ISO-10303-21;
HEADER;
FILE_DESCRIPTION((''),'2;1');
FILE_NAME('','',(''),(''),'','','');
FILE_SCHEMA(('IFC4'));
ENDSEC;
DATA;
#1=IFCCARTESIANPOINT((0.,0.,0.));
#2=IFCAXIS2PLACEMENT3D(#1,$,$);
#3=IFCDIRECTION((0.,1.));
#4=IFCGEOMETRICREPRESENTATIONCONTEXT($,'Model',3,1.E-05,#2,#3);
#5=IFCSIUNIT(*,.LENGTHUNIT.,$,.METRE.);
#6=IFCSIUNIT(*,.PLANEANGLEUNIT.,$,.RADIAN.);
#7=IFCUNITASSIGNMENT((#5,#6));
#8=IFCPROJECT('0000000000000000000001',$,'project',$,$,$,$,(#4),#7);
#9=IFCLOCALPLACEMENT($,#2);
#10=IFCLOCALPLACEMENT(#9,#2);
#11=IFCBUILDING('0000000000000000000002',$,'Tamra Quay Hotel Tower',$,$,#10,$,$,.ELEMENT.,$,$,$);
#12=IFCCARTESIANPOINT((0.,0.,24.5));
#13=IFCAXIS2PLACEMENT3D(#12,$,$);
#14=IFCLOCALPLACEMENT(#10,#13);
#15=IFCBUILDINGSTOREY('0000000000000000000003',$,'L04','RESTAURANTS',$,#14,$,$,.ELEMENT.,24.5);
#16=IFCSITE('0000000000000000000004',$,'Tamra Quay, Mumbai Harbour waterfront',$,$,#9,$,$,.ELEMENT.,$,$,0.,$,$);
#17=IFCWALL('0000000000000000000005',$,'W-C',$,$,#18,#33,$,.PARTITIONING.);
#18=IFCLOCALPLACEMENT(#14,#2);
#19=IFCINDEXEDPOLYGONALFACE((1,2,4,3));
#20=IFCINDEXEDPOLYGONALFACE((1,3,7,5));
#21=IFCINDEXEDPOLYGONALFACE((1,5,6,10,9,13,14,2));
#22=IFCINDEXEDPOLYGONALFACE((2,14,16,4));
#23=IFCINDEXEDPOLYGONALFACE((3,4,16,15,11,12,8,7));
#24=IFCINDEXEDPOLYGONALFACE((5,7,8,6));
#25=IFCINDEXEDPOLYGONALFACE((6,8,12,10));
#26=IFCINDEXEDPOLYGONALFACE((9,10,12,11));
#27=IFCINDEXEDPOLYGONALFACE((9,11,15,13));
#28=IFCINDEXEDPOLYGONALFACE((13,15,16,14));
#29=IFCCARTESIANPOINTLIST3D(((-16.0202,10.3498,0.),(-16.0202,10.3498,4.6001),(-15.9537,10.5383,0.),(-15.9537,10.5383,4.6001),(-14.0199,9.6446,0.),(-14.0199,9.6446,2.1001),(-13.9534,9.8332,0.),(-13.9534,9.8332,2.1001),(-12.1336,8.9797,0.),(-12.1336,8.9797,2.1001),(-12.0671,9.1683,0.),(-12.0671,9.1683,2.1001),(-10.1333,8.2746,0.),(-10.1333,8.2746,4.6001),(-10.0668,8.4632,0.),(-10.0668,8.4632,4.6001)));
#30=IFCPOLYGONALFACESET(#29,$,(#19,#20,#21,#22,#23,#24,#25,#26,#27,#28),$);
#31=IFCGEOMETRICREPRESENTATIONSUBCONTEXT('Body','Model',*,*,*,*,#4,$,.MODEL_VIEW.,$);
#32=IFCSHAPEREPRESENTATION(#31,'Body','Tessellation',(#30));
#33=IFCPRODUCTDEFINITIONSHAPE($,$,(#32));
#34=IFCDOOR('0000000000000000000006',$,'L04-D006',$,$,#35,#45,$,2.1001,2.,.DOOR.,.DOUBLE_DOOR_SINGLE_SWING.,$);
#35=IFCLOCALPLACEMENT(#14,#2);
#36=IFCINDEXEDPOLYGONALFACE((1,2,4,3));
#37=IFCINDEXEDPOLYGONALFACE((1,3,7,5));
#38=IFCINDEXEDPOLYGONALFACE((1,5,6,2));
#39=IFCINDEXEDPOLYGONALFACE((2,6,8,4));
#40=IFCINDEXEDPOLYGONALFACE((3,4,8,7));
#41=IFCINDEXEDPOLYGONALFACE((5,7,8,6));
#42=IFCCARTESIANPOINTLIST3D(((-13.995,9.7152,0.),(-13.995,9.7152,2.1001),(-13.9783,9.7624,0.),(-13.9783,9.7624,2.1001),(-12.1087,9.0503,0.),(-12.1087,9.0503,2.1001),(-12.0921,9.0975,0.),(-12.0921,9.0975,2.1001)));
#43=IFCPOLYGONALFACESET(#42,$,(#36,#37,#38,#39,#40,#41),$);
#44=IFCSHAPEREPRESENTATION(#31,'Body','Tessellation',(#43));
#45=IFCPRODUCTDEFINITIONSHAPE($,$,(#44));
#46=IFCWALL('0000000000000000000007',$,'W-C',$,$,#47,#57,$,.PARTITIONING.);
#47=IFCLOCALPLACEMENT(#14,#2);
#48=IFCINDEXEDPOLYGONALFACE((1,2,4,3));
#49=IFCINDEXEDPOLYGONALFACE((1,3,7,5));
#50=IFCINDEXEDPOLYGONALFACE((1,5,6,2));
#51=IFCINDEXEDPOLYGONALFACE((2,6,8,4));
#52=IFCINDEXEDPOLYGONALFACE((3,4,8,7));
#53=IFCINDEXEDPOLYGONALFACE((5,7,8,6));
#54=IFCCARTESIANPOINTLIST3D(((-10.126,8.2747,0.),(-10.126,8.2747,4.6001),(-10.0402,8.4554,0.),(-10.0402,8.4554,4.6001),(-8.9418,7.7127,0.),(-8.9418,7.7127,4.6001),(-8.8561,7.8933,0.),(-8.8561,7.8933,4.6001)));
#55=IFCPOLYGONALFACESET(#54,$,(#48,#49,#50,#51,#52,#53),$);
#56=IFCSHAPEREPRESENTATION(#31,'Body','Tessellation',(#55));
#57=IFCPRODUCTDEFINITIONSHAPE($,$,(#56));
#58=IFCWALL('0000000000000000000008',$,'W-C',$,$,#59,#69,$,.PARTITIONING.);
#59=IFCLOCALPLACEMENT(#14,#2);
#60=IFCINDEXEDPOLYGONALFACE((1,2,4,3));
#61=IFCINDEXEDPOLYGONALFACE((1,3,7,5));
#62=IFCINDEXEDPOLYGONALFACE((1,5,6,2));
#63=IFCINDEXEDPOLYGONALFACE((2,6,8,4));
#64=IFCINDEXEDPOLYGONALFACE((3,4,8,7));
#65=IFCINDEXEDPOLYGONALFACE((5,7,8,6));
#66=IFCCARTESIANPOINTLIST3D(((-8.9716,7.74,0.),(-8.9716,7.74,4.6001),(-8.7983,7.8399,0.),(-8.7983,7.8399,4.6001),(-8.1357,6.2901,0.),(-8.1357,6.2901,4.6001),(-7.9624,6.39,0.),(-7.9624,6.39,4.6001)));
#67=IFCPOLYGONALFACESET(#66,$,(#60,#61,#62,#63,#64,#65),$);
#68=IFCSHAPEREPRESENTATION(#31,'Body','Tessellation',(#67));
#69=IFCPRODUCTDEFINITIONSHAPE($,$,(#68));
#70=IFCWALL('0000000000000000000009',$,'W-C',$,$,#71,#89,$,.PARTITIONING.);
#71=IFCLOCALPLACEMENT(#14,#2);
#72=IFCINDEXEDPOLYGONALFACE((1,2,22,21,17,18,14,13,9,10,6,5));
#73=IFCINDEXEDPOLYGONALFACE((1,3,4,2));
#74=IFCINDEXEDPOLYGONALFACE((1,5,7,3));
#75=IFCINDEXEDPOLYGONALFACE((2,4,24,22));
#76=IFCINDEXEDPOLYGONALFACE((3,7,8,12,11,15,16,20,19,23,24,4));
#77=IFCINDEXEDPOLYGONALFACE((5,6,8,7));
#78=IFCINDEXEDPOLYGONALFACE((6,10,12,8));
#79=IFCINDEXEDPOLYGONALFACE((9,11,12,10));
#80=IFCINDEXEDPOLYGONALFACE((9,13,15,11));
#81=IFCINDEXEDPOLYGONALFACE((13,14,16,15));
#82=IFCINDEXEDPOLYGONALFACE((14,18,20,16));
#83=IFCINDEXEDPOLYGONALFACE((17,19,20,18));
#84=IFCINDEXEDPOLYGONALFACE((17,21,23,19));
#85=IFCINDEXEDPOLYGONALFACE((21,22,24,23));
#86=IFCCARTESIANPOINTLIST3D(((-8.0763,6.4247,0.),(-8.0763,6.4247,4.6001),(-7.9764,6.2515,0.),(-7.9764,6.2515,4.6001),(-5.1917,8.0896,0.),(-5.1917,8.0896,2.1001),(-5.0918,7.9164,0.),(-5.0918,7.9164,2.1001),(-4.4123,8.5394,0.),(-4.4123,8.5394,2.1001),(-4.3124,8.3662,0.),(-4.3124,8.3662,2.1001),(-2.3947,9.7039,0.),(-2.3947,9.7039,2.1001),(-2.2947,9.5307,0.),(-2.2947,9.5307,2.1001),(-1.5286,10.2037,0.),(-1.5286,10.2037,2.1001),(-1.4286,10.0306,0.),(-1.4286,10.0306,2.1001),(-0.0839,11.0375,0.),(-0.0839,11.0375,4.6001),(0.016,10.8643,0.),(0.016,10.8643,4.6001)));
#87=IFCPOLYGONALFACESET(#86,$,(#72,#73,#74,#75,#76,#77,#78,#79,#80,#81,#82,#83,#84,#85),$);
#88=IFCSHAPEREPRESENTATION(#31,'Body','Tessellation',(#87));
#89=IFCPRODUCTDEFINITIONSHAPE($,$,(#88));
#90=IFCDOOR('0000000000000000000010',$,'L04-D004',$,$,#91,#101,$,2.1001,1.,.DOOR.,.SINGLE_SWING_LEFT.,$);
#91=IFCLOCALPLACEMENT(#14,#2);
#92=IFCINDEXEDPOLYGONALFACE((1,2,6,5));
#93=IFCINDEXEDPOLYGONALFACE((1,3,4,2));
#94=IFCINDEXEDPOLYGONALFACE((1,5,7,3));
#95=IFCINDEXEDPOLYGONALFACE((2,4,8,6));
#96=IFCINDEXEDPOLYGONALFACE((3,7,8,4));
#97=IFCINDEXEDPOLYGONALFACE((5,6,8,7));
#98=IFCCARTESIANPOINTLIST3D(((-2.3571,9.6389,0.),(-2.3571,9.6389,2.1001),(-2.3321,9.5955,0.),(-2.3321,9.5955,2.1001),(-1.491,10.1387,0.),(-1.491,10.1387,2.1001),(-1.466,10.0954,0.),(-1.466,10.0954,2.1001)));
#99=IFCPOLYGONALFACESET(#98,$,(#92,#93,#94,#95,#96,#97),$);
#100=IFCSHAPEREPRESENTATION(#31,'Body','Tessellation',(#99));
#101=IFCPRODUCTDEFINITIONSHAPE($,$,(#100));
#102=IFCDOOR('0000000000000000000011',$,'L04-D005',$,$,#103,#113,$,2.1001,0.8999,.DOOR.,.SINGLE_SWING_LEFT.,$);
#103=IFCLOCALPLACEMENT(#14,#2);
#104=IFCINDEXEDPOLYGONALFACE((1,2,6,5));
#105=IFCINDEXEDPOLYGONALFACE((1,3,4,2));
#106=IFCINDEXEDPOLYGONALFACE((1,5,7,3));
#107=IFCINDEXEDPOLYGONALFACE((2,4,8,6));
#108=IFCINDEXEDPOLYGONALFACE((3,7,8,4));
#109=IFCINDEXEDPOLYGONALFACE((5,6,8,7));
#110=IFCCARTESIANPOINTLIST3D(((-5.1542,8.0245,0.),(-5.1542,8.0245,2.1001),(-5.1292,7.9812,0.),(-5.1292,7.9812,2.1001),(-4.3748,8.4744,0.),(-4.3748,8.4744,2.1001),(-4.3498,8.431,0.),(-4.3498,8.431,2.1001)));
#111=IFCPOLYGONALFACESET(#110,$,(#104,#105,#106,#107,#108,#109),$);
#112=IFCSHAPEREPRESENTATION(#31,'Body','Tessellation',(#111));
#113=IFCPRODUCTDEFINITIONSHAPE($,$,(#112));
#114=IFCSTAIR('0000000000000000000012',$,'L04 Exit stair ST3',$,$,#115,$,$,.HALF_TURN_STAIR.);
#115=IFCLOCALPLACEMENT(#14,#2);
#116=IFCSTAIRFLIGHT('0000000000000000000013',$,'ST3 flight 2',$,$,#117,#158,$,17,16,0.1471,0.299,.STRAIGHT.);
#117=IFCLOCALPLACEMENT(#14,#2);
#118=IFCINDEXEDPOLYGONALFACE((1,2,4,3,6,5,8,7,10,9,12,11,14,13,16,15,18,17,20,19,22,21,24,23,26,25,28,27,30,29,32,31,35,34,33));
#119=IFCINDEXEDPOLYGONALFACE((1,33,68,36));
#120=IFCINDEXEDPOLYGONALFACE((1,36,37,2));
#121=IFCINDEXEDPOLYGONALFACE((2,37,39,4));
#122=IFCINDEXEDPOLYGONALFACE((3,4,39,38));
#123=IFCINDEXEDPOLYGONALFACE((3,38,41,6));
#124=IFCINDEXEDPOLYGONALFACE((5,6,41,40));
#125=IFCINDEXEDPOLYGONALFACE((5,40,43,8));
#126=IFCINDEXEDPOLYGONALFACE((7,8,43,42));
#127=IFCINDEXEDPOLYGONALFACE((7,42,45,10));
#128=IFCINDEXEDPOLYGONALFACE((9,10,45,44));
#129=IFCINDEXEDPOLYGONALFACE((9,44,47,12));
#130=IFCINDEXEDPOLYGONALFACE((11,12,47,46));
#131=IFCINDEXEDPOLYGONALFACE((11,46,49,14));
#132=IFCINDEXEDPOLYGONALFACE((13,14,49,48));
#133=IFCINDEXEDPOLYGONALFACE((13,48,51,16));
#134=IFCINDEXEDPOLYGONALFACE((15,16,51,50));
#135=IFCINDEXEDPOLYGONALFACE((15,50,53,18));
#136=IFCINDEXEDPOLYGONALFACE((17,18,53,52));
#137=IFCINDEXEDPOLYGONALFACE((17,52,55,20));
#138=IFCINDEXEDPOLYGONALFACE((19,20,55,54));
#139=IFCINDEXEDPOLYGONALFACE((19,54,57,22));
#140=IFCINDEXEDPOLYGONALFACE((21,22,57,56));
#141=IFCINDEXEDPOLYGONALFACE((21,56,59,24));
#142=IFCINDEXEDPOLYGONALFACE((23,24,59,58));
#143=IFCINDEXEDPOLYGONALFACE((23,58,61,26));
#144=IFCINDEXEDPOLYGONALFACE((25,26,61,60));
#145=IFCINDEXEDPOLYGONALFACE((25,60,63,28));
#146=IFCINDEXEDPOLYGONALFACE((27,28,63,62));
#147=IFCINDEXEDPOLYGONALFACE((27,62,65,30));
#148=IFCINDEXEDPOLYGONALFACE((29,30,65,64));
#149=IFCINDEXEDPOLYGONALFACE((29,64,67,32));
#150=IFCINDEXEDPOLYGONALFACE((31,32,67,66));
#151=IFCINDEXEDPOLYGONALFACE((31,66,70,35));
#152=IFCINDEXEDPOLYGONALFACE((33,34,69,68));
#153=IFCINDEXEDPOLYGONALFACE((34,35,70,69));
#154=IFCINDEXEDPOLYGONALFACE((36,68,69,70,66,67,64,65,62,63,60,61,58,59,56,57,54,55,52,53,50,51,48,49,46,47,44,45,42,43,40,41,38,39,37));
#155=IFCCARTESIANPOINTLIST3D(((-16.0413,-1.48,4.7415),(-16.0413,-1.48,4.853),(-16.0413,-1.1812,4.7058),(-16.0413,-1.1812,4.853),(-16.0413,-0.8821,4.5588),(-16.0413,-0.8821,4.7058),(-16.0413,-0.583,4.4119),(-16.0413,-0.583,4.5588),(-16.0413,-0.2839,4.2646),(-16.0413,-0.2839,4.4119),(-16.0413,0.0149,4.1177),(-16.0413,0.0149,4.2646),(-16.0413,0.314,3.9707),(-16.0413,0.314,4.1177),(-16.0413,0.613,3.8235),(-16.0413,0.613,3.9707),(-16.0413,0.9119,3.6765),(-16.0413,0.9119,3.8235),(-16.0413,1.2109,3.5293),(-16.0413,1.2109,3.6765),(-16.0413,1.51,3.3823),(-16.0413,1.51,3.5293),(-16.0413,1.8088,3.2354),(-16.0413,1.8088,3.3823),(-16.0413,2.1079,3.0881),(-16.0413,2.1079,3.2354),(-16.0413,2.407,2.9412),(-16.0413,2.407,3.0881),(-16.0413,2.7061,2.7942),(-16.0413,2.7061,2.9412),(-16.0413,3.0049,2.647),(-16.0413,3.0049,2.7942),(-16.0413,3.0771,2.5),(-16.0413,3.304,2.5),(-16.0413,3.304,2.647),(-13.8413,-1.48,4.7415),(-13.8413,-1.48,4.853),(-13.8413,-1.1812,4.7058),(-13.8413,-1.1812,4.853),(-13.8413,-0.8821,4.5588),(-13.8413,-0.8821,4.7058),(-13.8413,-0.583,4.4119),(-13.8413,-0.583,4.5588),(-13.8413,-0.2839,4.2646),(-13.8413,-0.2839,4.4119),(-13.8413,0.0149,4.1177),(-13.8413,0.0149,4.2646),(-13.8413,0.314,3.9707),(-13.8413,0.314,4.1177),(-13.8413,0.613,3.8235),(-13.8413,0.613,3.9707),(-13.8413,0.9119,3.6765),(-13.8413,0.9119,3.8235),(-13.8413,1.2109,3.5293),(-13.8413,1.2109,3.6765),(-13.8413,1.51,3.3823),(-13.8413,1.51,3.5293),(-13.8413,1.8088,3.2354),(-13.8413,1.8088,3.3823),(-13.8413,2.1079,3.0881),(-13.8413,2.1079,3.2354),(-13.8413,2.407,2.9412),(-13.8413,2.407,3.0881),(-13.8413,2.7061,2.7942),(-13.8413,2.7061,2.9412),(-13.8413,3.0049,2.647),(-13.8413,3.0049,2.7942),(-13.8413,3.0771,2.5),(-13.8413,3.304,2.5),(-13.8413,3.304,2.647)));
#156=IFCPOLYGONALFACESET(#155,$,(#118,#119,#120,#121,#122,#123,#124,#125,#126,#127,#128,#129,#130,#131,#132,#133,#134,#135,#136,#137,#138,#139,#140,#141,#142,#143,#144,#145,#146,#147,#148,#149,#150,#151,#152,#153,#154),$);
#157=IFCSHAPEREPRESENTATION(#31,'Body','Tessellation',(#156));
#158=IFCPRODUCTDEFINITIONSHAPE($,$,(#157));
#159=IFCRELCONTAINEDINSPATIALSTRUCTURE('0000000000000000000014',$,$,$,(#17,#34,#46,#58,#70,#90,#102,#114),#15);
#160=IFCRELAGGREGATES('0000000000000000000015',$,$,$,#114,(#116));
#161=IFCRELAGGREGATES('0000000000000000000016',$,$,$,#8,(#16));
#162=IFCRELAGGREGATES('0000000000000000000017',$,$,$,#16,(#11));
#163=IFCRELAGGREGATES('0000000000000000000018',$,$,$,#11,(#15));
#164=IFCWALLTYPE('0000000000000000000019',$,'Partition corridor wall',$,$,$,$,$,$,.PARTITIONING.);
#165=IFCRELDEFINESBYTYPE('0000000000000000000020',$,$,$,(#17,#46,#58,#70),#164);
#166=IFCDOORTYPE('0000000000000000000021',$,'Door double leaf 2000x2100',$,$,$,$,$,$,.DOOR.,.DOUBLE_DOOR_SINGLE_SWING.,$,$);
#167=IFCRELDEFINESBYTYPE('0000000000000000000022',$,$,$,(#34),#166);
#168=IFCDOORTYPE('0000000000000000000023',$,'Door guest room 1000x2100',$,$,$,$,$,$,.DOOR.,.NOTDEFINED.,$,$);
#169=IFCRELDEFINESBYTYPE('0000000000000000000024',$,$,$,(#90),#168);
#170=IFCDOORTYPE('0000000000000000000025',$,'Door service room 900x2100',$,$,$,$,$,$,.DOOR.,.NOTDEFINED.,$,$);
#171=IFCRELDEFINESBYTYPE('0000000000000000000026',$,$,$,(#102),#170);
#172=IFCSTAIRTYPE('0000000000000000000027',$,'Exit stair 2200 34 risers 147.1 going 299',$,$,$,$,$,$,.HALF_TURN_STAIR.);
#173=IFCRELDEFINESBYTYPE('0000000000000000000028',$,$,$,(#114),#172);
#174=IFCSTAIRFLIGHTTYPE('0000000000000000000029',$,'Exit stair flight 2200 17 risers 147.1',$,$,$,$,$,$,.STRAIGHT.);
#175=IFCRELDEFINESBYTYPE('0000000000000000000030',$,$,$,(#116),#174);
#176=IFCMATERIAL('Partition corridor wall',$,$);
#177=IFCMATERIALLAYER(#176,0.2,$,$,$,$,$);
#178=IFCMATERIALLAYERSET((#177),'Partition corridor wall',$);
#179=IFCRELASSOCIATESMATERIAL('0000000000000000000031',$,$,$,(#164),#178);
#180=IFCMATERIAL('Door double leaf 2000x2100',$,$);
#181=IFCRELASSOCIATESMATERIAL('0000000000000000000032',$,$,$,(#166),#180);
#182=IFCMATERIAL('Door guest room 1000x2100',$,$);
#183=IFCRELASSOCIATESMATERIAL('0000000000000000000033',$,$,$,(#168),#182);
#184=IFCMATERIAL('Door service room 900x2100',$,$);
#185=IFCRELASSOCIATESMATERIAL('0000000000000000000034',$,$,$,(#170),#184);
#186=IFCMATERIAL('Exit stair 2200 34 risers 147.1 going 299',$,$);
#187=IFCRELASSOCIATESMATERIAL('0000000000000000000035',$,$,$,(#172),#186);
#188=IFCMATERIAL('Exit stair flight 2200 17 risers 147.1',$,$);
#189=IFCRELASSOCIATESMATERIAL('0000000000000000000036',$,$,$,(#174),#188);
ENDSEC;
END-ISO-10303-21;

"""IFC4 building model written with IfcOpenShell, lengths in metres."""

from ifc_helpers import new_model, si_unit, direction, frame, frame_2d, origin, place, context, subcontext, project, spatial, polyline, rectangle, outline, extrude, material, layer, layer_set, type_object, element, fill, aggregate, save


model = new_model("IFC4")

# Units and contexts
model_context = context("Model", 3, precision=1e-05, world=origin(), true_north=direction((0.0, 1.0)))
body_context = subcontext(model_context, "Body", "Model", "MODEL_VIEW")
ifc_project = project(units=[si_unit("LENGTHUNIT", "METRE"), si_unit("PLANEANGLEUNIT", "RADIAN")], contexts=[model_context])

# Site, building, storey
site_placement = place(None, origin())
site = spatial("IfcSite", under=ifc_project, at=site_placement, Name="Tamra Quay, Mumbai Harbour waterfront", CompositionType="ELEMENT", RefElevation=0.0)
building_placement = place(site_placement, origin())
building = spatial("IfcBuilding", under=site, at=building_placement, Name="Tamra Quay Hotel Tower", CompositionType="ELEMENT")
storey_placement = place(building_placement, frame((0.0, 0.0, 24.5)))
storey = spatial("IfcBuildingStorey", under=building, at=storey_placement, Name="L04", Description="RESTAURANTS", CompositionType="ELEMENT", Elevation=24.5)

# Wall, opening, door
ifc_material_1 = material(Name="Partition corridor wall")
ifc_layer_1 = layer(ifc_material_1, 0.2)
ifc_layer_set_1 = layer_set([ifc_layer_1], Name="Partition corridor wall")
wall_type_1 = type_object("IfcWallType", Name="Partition corridor wall", PredefinedType="PARTITIONING", material=ifc_layer_set_1)
wall_1_placement = place(storey_placement, frame((-15.9871, 10.4441, 0.0), z_axis=(0.0, 0.0, 1.0), x_axis=(0.943119, -0.332456, 0.0)))
wall_1 = element("IfcWall", 1, at=wall_1_placement, inside=storey, type_object=wall_type_1, Name="W-C", PredefinedType="PARTITIONING", context=body_context, shape_type="SweptSolid", body=[
    extrude(rectangle(XDim=6.2419, YDim=0.2, at=frame_2d((3.1211, 0.0))), origin(), (0.0, 0.0, 1.0), 4.6001),
])
opening_1_placement = place(wall_1_placement, frame((2.1211, 0.0, 0.0)))
opening_1 = element("IfcOpeningElement", 2, at=opening_1_placement, cuts=wall_1, PredefinedType="OPENING", context=body_context, shape_type="SweptSolid", body=[
    extrude(rectangle(XDim=2.0, YDim=2.1001, at=frame_2d((1.0, 1.05))), frame((0.0, 0.1099, 0.0), z_axis=(0.0, -1.0, 0.0), x_axis=(1.0, 0.0, 0.0)), (0.0, 0.0, 1.0), 0.22),
])
ifc_material_2 = material(Name="Door double leaf 2000x2100")
door_type_1 = type_object("IfcDoorType", Name="Door double leaf 2000x2100", OperationType="DOUBLE_DOOR_SINGLE_SWING", PredefinedType="DOOR", material=ifc_material_2)
door_1_placement = place(opening_1_placement, origin())
door_1 = element("IfcDoor", 3, at=door_1_placement, inside=storey, type_object=door_type_1, Name="L04-D006", OperationType="DOUBLE_DOOR_SINGLE_SWING", OverallHeight=2.1001, OverallWidth=2.0, PredefinedType="DOOR", context=body_context, shape_type="SweptSolid", body=[
    extrude(rectangle(XDim=2.0, YDim=2.1001, at=frame_2d((1.0, 1.05))), frame((0.0, 0.0249, 0.0), z_axis=(0.0, -1.0, 0.0), x_axis=(1.0, 0.0, 0.0)), (0.0, 0.0, 1.0), 0.05),
])
fill(opening_1, door_1)

# Walls
wall_2_placement = place(storey_placement, frame((-10.083, 8.365, 0.0), z_axis=(0.0, 0.0, 1.0), x_axis=(0.903404, -0.428791, 0.0)))
element("IfcWall", 4, at=wall_2_placement, inside=storey, type_object=wall_type_1, Name="W-C", PredefinedType="PARTITIONING", context=body_context, shape_type="SweptSolid", body=[
    extrude(rectangle(XDim=1.3108, YDim=0.2, at=frame_2d((0.6553, 0.0))), origin(), (0.0, 0.0, 1.0), 4.6001),
])
wall_3_placement = place(storey_placement, frame((-8.885, 7.79, 0.0), z_axis=(0.0, 0.0, 1.0), x_axis=(0.499466, -0.866334, 0.0)))
element("IfcWall", 5, at=wall_3_placement, inside=storey, type_object=wall_type_1, Name="W-C", PredefinedType="PARTITIONING", context=body_context, shape_type="SweptSolid", body=[
    extrude(rectangle(XDim=1.6736, YDim=0.2, at=frame_2d((0.8369, 0.0))), origin(), (0.0, 0.0, 1.0), 4.6001),
])

# Wall, openings, doors
wall_4_placement = place(storey_placement, frame((-8.0264, 6.3381, 0.0), z_axis=(0.0, 0.0, 1.0), x_axis=(0.866102, 0.499867, 0.0)))
wall_4 = element("IfcWall", 6, at=wall_4_placement, inside=storey, type_object=wall_type_1, Name="W-C", PredefinedType="PARTITIONING", context=body_context, shape_type="SweptSolid", body=[
    extrude(rectangle(XDim=9.228, YDim=0.2, at=frame_2d((4.614, 0.0))), origin(), (0.0, 0.0, 1.0), 4.6001),
])
opening_2_placement = place(wall_4_placement, frame((6.5601, 0.0, 0.0)))
opening_2 = element("IfcOpeningElement", 7, at=opening_2_placement, cuts=wall_4, PredefinedType="OPENING", context=body_context, shape_type="SweptSolid", body=[
    extrude(rectangle(XDim=1.0, YDim=2.1001, at=frame_2d((0.5, 1.05))), frame((0.0, 0.1099, 0.0), z_axis=(0.0, -1.0, 0.0), x_axis=(1.0, 0.0, 0.0)), (0.0, 0.0, 1.0), 0.22),
])
opening_3_placement = place(wall_4_placement, frame((3.3306, 0.0, 0.0)))
opening_3 = element("IfcOpeningElement", 8, at=opening_3_placement, cuts=wall_4, PredefinedType="OPENING", context=body_context, shape_type="SweptSolid", body=[
    extrude(rectangle(XDim=0.8999, YDim=2.1001, at=frame_2d((0.45, 1.05))), frame((0.0, 0.1099, 0.0), z_axis=(0.0, -1.0, 0.0), x_axis=(1.0, 0.0, 0.0)), (0.0, 0.0, 1.0), 0.22),
])
ifc_material_3 = material(Name="Door guest room 1000x2100")
door_type_2 = type_object("IfcDoorType", Name="Door guest room 1000x2100", OperationType="NOTDEFINED", PredefinedType="DOOR", material=ifc_material_3)
door_2_placement = place(opening_2_placement, origin())
door_2 = element("IfcDoor", 9, at=door_2_placement, inside=storey, type_object=door_type_2, Name="L04-D004", OperationType="SINGLE_SWING_LEFT", OverallHeight=2.1001, OverallWidth=1.0, PredefinedType="DOOR", context=body_context, shape_type="SweptSolid", body=[
    extrude(rectangle(XDim=1.0, YDim=2.1001, at=frame_2d((0.5, 1.05))), frame((0.0, 0.0249, 0.0), z_axis=(0.0, -1.0, 0.0), x_axis=(1.0, 0.0, 0.0)), (0.0, 0.0, 1.0), 0.05),
])
fill(opening_2, door_2)
ifc_material_4 = material(Name="Door service room 900x2100")
door_type_3 = type_object("IfcDoorType", Name="Door service room 900x2100", OperationType="NOTDEFINED", PredefinedType="DOOR", material=ifc_material_4)
door_3_placement = place(opening_3_placement, origin())
door_3 = element("IfcDoor", 10, at=door_3_placement, inside=storey, type_object=door_type_3, Name="L04-D005", OperationType="SINGLE_SWING_LEFT", OverallHeight=2.1001, OverallWidth=0.8999, PredefinedType="DOOR", context=body_context, shape_type="SweptSolid", body=[
    extrude(rectangle(XDim=0.8999, YDim=2.1001, at=frame_2d((0.45, 1.05))), frame((0.0, 0.0249, 0.0), z_axis=(0.0, -1.0, 0.0), x_axis=(1.0, 0.0, 0.0)), (0.0, 0.0, 1.0), 0.05),
])
fill(opening_3, door_3)

# Stair, stair flight
ifc_material_5 = material(Name="Exit stair 2200 34 risers 147.1 going 299")
stair_type = type_object("IfcStairType", Name="Exit stair 2200 34 risers 147.1 going 299", PredefinedType="HALF_TURN_STAIR", material=ifc_material_5)
stair_placement = place(storey_placement, origin())
stair = element("IfcStair", 11, at=stair_placement, inside=storey, type_object=stair_type, Name="L04 Exit stair ST3", PredefinedType="HALF_TURN_STAIR")
ifc_material_6 = material(Name="Exit stair flight 2200 17 risers 147.1")
stair_flight_type = type_object("IfcStairFlightType", Name="Exit stair flight 2200 17 risers 147.1", PredefinedType="STRAIGHT", material=ifc_material_6)
stair_flight_placement = place(storey_placement, frame((-14.9414, 3.304, 2.5), z_axis=(0.0, 0.0, 1.0), x_axis=(0.0, -1.0, 0.0)))
stair_flight = element("IfcStairFlight", 12, at=stair_flight_placement, type_object=stair_flight_type, Name="ST3 flight 2", NumberOfRisers=17, NumberOfTreads=16, PredefinedType="STRAIGHT", RiserHeight=0.1471, TreadLength=0.299, context=body_context, shape_type="SweptSolid", body=[
    extrude(outline(polyline([(0.0, 0.0), (0.0, 0.147), (0.2991, 0.147), (0.2991, 0.2942), (0.5979, 0.2942), (0.5979, 0.4412), (0.897, 0.4412), (0.897, 0.5881), (1.196, 0.5881), (1.196, 0.7354), (1.4951, 0.7354), (1.4951, 0.8823), (1.7939, 0.8823), (1.7939, 1.0293), (2.093, 1.0293), (2.093, 1.1765), (2.3921, 1.1765), (2.3921, 1.3235), (2.6909, 1.3235), (2.6909, 1.4707), (2.99, 1.4707), (2.99, 1.6177), (3.2891, 1.6177), (3.2891, 1.7646), (3.5879, 1.7646), (3.5879, 1.9119), (3.887, 1.9119), (3.887, 2.0588), (4.186, 2.0588), (4.186, 2.2058), (4.4851, 2.2058), (4.4851, 2.353), (4.7839, 2.353), (4.7839, 2.5), (4.7839, 2.2415), (0.2268, 0.0), (0.0, 0.0)])), frame((0.0, 1.1001, 0.0), z_axis=(0.0, -1.0, 0.0), x_axis=(1.0, 0.0, 0.0)), (0.0, 0.0, 1.0), 2.2),
])
aggregate(stair, [stair_flight])

save(model, "model.ifc")
